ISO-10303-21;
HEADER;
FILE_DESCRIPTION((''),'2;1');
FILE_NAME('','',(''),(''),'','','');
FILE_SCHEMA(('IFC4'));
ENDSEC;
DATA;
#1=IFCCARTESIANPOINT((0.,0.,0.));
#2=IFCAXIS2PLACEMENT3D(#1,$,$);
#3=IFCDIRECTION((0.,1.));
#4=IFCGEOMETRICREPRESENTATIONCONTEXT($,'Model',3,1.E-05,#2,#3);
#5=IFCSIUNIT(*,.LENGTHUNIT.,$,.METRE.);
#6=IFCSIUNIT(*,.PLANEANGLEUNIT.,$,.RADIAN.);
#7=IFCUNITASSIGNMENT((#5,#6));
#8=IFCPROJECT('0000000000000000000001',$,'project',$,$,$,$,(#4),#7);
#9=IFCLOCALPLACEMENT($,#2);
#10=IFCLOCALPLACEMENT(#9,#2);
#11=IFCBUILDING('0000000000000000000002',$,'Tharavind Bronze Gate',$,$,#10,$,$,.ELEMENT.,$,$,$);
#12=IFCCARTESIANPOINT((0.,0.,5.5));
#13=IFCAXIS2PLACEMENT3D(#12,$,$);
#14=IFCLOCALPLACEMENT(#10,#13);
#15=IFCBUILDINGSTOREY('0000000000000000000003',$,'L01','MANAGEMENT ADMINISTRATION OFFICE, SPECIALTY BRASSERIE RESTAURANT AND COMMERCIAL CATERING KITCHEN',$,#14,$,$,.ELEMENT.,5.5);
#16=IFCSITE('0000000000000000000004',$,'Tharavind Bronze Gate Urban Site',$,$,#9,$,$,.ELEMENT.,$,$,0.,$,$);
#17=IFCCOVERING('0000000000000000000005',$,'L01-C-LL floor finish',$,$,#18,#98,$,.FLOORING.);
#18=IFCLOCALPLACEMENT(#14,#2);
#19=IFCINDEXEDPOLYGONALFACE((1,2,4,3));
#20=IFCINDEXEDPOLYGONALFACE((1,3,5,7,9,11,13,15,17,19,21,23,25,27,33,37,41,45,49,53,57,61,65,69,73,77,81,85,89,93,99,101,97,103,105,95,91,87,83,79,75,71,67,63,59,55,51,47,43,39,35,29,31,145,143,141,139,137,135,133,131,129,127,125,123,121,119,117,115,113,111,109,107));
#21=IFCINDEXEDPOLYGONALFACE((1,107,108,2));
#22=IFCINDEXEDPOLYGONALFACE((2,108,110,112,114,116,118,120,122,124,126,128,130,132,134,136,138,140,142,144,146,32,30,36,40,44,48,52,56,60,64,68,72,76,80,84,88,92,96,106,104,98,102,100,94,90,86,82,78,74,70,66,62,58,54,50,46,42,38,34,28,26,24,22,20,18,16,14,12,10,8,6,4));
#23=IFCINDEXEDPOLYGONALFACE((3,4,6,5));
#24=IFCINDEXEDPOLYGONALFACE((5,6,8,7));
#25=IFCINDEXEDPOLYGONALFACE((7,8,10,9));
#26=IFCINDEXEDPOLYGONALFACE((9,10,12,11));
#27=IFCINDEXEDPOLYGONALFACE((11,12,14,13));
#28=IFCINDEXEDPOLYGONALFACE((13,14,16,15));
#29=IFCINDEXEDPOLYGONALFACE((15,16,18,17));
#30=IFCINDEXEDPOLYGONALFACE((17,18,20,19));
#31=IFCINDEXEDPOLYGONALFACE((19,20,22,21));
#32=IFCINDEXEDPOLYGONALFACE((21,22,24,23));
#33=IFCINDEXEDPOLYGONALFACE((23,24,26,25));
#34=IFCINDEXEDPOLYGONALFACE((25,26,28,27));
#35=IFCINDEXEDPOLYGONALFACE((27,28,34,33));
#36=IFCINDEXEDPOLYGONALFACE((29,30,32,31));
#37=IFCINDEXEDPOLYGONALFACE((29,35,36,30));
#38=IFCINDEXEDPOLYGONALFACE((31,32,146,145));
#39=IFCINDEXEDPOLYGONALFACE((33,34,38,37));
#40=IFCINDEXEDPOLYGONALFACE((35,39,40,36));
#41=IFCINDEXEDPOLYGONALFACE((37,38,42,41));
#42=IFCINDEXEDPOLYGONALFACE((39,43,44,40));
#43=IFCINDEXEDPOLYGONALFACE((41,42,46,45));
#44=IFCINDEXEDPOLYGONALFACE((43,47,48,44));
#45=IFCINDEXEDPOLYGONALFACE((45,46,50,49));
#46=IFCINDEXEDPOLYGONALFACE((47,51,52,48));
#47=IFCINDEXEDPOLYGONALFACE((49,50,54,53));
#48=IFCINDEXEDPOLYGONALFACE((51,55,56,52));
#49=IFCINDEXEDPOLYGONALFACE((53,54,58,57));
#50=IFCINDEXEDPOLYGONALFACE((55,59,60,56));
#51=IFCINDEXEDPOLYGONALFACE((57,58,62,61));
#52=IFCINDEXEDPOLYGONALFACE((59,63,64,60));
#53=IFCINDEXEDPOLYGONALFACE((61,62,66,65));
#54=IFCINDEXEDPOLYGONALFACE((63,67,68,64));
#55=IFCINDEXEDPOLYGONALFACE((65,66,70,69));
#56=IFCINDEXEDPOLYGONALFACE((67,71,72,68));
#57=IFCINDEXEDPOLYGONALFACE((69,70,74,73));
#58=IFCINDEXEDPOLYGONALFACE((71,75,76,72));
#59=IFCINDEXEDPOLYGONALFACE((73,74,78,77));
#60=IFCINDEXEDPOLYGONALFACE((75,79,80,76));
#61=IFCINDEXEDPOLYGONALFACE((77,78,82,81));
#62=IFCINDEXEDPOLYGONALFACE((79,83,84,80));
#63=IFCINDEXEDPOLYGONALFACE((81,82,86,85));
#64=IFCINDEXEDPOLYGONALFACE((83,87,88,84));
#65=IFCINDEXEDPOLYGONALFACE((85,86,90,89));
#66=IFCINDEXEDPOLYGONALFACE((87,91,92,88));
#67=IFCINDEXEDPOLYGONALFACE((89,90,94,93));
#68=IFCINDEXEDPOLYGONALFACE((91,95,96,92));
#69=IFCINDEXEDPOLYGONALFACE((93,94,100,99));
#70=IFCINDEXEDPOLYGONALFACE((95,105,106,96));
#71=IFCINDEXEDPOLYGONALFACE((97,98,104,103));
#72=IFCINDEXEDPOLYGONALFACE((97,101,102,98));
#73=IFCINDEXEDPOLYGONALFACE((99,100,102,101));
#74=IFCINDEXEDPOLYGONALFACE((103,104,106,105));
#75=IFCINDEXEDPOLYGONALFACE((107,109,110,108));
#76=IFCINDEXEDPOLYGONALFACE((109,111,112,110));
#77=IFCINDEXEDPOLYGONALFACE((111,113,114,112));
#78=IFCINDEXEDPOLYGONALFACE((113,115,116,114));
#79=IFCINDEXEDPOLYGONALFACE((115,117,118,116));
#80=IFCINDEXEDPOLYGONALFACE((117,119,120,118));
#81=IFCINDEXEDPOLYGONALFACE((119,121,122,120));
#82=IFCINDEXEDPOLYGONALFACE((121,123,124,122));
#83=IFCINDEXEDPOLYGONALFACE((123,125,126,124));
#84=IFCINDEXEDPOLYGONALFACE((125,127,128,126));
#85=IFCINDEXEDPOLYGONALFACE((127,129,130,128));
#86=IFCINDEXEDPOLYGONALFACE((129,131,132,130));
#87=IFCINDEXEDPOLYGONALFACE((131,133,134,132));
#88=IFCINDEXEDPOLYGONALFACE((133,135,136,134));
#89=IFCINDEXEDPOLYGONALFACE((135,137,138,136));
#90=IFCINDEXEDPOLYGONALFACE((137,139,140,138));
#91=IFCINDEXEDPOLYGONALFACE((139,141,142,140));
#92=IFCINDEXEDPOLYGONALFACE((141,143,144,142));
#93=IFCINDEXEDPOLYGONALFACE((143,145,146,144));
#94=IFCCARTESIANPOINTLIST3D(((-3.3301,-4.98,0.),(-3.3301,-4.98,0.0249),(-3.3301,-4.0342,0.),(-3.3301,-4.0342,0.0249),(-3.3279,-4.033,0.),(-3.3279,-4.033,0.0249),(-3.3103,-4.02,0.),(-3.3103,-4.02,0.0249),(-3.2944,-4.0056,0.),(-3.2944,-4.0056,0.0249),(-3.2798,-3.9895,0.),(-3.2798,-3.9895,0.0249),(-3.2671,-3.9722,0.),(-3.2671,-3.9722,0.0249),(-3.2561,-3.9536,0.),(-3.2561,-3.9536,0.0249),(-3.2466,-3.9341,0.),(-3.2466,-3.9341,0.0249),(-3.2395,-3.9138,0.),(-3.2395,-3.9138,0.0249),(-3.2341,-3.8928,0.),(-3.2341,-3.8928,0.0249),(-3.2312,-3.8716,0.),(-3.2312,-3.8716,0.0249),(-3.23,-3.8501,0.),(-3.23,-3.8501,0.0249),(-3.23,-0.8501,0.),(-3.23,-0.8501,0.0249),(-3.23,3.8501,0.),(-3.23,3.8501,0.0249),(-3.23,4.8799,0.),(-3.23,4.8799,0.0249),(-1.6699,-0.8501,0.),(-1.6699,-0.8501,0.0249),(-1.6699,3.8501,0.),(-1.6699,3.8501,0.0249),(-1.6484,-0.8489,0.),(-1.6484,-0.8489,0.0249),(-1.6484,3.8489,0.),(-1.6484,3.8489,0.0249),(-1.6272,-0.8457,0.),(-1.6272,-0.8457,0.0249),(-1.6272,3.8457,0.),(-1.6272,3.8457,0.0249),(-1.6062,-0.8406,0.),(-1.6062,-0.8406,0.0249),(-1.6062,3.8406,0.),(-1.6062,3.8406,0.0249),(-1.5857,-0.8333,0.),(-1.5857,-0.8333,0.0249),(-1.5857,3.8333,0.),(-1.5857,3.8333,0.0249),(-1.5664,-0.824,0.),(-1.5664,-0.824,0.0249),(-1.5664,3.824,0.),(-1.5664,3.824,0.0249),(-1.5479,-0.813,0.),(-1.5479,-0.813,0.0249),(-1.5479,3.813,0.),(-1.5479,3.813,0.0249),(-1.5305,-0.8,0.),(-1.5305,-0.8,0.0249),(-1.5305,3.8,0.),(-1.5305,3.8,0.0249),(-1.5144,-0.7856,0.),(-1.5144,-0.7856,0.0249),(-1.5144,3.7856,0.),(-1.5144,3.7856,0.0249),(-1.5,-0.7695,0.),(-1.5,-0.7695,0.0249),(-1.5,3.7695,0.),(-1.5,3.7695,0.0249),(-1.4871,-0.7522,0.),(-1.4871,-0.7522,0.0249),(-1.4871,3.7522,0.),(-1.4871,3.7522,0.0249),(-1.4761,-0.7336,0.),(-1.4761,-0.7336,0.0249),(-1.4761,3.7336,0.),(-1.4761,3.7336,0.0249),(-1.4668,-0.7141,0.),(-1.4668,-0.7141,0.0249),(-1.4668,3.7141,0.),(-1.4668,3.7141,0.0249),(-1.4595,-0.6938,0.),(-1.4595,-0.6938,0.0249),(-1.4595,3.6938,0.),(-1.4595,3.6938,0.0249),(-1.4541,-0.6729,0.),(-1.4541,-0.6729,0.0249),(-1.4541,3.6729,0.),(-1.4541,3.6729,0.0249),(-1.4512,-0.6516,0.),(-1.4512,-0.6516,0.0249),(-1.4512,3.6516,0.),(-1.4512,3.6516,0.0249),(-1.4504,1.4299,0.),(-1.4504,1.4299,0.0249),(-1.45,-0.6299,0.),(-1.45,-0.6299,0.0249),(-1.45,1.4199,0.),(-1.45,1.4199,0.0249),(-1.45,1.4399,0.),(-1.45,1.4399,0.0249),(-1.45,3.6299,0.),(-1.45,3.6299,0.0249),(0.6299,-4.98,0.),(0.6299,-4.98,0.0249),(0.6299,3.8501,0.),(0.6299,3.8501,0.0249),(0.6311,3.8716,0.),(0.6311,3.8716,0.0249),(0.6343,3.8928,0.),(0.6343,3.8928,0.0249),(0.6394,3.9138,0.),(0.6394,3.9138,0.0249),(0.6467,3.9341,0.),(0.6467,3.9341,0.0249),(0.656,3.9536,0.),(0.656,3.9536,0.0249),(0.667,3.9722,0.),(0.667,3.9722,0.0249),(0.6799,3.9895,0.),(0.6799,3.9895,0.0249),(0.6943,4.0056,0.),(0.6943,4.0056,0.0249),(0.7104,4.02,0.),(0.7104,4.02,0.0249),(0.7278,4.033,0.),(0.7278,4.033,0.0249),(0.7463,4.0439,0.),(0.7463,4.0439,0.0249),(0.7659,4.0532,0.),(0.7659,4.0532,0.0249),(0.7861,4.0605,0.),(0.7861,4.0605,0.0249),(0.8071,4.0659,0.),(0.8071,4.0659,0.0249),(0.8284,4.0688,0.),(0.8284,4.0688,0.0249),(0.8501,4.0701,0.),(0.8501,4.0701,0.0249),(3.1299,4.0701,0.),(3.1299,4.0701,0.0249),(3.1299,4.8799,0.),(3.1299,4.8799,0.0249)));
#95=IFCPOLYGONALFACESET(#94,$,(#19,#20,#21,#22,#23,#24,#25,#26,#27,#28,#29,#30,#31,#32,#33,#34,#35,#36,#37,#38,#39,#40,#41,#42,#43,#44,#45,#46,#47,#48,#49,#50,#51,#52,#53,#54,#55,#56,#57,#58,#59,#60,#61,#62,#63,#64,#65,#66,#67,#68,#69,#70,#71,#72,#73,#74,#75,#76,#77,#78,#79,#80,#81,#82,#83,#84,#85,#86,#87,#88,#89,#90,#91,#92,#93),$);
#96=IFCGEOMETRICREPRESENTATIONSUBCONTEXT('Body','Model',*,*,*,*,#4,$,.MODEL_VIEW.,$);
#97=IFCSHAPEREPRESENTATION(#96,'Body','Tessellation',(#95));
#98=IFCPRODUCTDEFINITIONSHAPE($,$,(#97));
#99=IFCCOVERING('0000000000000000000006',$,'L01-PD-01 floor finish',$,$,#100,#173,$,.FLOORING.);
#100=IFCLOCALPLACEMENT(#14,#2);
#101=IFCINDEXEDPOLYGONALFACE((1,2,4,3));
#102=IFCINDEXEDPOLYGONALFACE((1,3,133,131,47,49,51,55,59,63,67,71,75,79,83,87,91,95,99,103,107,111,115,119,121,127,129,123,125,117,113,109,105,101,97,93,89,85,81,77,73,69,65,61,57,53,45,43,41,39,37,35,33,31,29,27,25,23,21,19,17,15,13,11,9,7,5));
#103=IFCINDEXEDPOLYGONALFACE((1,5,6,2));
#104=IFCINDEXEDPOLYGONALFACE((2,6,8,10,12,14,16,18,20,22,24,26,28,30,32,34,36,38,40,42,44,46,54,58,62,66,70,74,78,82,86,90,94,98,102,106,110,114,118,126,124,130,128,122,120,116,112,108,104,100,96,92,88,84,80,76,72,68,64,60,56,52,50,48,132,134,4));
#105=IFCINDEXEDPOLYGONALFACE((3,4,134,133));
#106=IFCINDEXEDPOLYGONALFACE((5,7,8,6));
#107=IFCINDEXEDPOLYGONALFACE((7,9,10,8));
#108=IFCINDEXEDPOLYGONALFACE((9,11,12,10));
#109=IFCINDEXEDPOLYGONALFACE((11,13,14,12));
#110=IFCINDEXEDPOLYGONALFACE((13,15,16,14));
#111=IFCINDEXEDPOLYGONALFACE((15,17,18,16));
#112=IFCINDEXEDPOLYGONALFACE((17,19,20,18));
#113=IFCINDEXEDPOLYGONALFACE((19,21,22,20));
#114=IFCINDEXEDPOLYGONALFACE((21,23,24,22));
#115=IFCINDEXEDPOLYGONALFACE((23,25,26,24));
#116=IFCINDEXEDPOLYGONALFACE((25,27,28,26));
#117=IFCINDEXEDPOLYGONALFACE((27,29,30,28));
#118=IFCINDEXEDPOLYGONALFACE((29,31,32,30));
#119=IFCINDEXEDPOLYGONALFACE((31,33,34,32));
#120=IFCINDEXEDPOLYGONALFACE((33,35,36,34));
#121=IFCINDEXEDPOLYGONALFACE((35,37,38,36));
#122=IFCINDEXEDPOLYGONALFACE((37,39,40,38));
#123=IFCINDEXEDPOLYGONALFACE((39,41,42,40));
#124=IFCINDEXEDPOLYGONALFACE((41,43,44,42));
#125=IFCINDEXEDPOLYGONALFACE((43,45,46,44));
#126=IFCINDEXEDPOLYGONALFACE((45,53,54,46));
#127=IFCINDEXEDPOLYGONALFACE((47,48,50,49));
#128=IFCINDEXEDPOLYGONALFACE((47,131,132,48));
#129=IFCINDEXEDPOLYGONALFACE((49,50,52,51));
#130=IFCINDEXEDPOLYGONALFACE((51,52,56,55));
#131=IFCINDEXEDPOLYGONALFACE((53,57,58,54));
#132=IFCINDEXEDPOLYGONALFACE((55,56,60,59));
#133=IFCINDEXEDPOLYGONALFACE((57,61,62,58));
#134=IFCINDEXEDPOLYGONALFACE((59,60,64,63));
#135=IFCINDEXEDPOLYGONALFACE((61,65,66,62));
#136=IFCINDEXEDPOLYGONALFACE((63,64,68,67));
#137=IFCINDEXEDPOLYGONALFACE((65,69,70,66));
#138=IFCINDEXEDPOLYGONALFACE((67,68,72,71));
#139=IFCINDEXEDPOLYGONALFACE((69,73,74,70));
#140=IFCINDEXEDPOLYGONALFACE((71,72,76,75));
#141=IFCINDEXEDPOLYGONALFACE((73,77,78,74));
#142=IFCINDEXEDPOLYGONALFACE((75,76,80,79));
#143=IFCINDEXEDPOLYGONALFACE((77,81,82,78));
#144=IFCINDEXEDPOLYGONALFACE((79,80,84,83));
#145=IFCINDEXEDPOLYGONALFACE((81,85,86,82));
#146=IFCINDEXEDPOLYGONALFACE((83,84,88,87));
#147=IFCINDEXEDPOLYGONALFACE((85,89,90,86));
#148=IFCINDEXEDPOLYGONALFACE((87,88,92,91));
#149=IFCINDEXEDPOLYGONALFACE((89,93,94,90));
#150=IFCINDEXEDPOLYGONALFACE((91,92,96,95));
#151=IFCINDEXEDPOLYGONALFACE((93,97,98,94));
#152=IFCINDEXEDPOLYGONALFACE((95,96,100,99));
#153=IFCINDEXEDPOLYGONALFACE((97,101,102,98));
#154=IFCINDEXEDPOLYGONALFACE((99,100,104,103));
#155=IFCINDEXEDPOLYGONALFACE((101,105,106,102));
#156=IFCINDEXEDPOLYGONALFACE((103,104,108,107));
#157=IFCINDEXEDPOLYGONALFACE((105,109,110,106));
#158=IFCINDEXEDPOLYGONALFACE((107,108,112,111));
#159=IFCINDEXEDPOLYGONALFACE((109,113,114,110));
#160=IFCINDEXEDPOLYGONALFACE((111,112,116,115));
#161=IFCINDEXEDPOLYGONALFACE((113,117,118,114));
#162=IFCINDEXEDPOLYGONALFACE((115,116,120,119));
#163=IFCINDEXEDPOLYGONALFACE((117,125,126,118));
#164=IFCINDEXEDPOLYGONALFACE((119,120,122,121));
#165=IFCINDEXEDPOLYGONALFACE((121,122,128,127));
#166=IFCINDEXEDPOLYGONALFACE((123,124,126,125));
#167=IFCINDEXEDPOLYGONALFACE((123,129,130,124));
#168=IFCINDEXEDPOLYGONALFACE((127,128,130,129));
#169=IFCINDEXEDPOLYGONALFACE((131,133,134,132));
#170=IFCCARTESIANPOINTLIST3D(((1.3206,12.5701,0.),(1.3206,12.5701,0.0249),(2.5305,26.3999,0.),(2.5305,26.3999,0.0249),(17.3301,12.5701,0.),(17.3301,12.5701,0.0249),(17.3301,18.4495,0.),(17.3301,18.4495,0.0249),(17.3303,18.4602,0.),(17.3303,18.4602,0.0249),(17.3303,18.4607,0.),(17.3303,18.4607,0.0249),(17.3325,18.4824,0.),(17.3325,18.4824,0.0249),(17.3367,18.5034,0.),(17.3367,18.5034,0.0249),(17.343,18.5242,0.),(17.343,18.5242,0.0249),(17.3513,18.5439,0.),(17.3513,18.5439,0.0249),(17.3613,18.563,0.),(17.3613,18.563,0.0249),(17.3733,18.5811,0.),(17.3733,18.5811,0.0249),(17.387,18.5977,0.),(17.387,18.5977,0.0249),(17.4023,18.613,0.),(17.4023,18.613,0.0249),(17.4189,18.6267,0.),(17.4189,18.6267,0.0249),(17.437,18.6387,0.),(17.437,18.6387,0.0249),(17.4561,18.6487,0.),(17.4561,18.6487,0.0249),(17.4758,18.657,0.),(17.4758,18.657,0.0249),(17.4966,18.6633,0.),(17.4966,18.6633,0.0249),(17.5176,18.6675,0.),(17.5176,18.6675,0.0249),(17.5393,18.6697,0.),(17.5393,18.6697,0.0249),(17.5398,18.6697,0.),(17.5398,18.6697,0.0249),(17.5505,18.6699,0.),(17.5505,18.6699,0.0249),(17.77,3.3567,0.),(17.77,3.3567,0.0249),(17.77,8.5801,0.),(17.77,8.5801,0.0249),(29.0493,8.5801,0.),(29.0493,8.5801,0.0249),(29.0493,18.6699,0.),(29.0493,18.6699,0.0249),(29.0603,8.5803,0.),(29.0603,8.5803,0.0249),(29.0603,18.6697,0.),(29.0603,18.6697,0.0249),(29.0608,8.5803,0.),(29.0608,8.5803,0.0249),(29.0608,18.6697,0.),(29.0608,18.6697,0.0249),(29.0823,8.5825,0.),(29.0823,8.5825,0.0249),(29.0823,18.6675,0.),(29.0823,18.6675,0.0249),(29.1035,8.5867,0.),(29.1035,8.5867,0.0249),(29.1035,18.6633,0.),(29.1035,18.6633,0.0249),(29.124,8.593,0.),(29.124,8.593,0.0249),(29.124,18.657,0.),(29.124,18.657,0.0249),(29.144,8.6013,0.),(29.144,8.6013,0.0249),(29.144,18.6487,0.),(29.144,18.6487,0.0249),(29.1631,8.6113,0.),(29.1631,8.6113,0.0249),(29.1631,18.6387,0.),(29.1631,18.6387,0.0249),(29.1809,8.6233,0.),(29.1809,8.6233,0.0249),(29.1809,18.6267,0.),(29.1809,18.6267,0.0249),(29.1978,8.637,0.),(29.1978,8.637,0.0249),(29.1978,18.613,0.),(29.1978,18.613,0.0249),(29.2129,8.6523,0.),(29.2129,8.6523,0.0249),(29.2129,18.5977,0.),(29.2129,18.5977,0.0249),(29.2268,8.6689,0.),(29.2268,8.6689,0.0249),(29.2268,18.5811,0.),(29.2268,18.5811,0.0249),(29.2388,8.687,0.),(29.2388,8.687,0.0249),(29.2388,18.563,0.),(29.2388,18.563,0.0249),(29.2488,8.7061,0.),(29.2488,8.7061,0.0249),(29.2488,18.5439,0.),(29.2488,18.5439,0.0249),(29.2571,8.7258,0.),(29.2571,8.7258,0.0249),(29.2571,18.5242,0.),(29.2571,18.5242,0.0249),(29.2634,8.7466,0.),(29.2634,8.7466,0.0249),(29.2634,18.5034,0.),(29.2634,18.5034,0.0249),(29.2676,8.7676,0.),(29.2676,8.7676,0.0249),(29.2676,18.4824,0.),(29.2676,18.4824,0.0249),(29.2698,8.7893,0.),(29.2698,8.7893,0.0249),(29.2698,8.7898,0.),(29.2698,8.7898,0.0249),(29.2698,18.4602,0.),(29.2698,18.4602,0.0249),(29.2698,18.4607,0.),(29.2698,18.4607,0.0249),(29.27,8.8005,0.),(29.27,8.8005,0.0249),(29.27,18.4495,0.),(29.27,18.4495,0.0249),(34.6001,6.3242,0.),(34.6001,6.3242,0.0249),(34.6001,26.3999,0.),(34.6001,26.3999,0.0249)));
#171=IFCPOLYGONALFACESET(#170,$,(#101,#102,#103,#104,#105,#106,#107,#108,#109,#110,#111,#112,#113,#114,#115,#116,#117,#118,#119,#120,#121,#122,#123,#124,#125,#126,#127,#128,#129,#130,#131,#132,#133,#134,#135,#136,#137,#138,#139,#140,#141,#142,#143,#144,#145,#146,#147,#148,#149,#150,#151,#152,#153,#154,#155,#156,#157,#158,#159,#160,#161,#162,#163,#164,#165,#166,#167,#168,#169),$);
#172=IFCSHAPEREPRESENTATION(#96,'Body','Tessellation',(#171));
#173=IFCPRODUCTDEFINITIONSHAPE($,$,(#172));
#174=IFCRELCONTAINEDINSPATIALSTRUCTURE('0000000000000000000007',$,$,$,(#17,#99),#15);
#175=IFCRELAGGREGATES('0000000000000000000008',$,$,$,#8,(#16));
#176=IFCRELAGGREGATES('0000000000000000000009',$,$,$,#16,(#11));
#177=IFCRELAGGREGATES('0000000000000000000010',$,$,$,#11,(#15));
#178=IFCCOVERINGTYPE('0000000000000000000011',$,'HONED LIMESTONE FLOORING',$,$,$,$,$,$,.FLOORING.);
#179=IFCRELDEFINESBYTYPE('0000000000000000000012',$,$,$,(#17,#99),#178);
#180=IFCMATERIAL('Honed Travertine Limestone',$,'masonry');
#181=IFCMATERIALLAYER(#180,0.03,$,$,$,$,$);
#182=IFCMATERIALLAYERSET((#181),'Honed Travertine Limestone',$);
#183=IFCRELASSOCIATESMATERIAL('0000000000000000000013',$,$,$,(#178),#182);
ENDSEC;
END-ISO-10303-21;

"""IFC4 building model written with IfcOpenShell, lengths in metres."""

from ifc_helpers import new_model, si_unit, direction, frame, origin, place, context, subcontext, project, spatial, polyline, outline, extrude, material, layer, layer_set, type_object, element, save


model = new_model("IFC4")

# Units and contexts
model_context = context("Model", 3, precision=1e-05, world=origin(), true_north=direction((0.0, 1.0)))
body_context = subcontext(model_context, "Body", "Model", "MODEL_VIEW")
ifc_project = project(units=[si_unit("LENGTHUNIT", "METRE"), si_unit("PLANEANGLEUNIT", "RADIAN")], contexts=[model_context])

# Site, building, storey
site_placement = place(None, origin())
site = spatial("IfcSite", under=ifc_project, at=site_placement, Name="Tharavind Bronze Gate Urban Site", CompositionType="ELEMENT", RefElevation=0.0)
building_placement = place(site_placement, origin())
building = spatial("IfcBuilding", under=site, at=building_placement, Name="Tharavind Bronze Gate", CompositionType="ELEMENT")
storey_placement = place(building_placement, frame((0.0, 0.0, 5.5)))
storey = spatial("IfcBuildingStorey", under=building, at=storey_placement, Name="L01", Description="MANAGEMENT ADMINISTRATION OFFICE, SPECIALTY BRASSERIE RESTAURANT AND COMMERCIAL CATERING KITCHEN", CompositionType="ELEMENT", Elevation=5.5)

# Coverings
ifc_material_1 = material(Name="Honed Travertine Limestone", Category="masonry")
ifc_layer_1 = layer(ifc_material_1, 0.03)
ifc_layer_set_1 = layer_set([ifc_layer_1], Name="Honed Travertine Limestone")
covering_type_1 = type_object("IfcCoveringType", Name="HONED LIMESTONE FLOORING", PredefinedType="FLOORING", material=ifc_layer_set_1)
covering_1_placement = place(storey_placement, origin())
element("IfcCovering", 1, at=covering_1_placement, inside=storey, type_object=covering_type_1, Name="L01-C-LL floor finish", PredefinedType="FLOORING", context=body_context, shape_type="SweptSolid", body=[
    extrude(outline(polyline([(-3.3301, -4.98), (0.6299, -4.98), (0.6299, 3.8501), (0.6311, 3.8716), (0.6343, 3.8928), (0.6394, 3.9138), (0.6467, 3.9341), (0.656, 3.9536), (0.667, 3.9722), (0.6799, 3.9895), (0.6943, 4.0056), (0.7104, 4.02), (0.7278, 4.033), (0.7463, 4.0439), (0.7659, 4.0532), (0.7861, 4.0605), (0.8071, 4.0659), (0.8284, 4.0688), (0.8501, 4.0701), (3.1299, 4.0701), (3.1299, 4.8799), (-3.23, 4.8799), (-3.23, 3.8501), (-1.6699, 3.8501), (-1.6484, 3.8489), (-1.6272, 3.8457), (-1.6062, 3.8406), (-1.5857, 3.8333), (-1.5664, 3.824), (-1.5479, 3.813), (-1.5305, 3.8), (-1.5144, 3.7856), (-1.5, 3.7695), (-1.4871, 3.7522), (-1.4761, 3.7336), (-1.4668, 3.7141), (-1.4595, 3.6938), (-1.4541, 3.6729), (-1.4512, 3.6516), (-1.45, 3.6299), (-1.45, 1.4399), (-1.4504, 1.4299), (-1.45, 1.4199), (-1.45, -0.6299), (-1.4512, -0.6516), (-1.4541, -0.6729), (-1.4595, -0.6938), (-1.4668, -0.7141), (-1.4761, -0.7336), (-1.4871, -0.7522), (-1.5, -0.7695), (-1.5144, -0.7856), (-1.5305, -0.8), (-1.5479, -0.813), (-1.5664, -0.824), (-1.5857, -0.8333), (-1.6062, -0.8406), (-1.6272, -0.8457), (-1.6484, -0.8489), (-1.6699, -0.8501), (-3.23, -0.8501), (-3.23, -3.8501), (-3.2312, -3.8716), (-3.2341, -3.8928), (-3.2395, -3.9138), (-3.2466, -3.9341), (-3.2561, -3.9536), (-3.2671, -3.9722), (-3.2798, -3.9895), (-3.2944, -4.0056), (-3.3103, -4.02), (-3.3279, -4.033), (-3.3301, -4.0342), (-3.3301, -4.98)])), origin(), (0.0, 0.0, 1.0), 0.0249),
])
covering_2_placement = place(storey_placement, origin())
element("IfcCovering", 2, at=covering_2_placement, inside=storey, type_object=covering_type_1, Name="L01-PD-01 floor finish", PredefinedType="FLOORING", context=body_context, shape_type="SweptSolid", body=[
    extrude(outline(polyline([(17.3301, 12.5701), (17.3301, 18.4495), (17.3303, 18.4602), (17.3303, 18.4607), (17.3325, 18.4824), (17.3367, 18.5034), (17.343, 18.5242), (17.3513, 18.5439), (17.3613, 18.563), (17.3733, 18.5811), (17.387, 18.5977), (17.4023, 18.613), (17.4189, 18.6267), (17.437, 18.6387), (17.4561, 18.6487), (17.4758, 18.657), (17.4966, 18.6633), (17.5176, 18.6675), (17.5393, 18.6697), (17.5398, 18.6697), (17.5505, 18.6699), (29.0493, 18.6699), (29.0603, 18.6697), (29.0608, 18.6697), (29.0823, 18.6675), (29.1035, 18.6633), (29.124, 18.657), (29.144, 18.6487), (29.1631, 18.6387), (29.1809, 18.6267), (29.1978, 18.613), (29.2129, 18.5977), (29.2268, 18.5811), (29.2388, 18.563), (29.2488, 18.5439), (29.2571, 18.5242), (29.2634, 18.5034), (29.2676, 18.4824), (29.2698, 18.4607), (29.2698, 18.4602), (29.27, 18.4495), (29.27, 8.8005), (29.2698, 8.7898), (29.2698, 8.7893), (29.2676, 8.7676), (29.2634, 8.7466), (29.2571, 8.7258), (29.2488, 8.7061), (29.2388, 8.687), (29.2268, 8.6689), (29.2129, 8.6523), (29.1978, 8.637), (29.1809, 8.6233), (29.1631, 8.6113), (29.144, 8.6013), (29.124, 8.593), (29.1035, 8.5867), (29.0823, 8.5825), (29.0608, 8.5803), (29.0603, 8.5803), (29.0493, 8.5801), (17.77, 8.5801), (17.77, 3.3567), (34.6001, 6.3242), (34.6001, 26.3999), (2.5305, 26.3999), (1.3206, 12.5701), (17.3301, 12.5701)])), origin(), (0.0, 0.0, 1.0), 0.0249),
])

save(model, "model.ifc")
